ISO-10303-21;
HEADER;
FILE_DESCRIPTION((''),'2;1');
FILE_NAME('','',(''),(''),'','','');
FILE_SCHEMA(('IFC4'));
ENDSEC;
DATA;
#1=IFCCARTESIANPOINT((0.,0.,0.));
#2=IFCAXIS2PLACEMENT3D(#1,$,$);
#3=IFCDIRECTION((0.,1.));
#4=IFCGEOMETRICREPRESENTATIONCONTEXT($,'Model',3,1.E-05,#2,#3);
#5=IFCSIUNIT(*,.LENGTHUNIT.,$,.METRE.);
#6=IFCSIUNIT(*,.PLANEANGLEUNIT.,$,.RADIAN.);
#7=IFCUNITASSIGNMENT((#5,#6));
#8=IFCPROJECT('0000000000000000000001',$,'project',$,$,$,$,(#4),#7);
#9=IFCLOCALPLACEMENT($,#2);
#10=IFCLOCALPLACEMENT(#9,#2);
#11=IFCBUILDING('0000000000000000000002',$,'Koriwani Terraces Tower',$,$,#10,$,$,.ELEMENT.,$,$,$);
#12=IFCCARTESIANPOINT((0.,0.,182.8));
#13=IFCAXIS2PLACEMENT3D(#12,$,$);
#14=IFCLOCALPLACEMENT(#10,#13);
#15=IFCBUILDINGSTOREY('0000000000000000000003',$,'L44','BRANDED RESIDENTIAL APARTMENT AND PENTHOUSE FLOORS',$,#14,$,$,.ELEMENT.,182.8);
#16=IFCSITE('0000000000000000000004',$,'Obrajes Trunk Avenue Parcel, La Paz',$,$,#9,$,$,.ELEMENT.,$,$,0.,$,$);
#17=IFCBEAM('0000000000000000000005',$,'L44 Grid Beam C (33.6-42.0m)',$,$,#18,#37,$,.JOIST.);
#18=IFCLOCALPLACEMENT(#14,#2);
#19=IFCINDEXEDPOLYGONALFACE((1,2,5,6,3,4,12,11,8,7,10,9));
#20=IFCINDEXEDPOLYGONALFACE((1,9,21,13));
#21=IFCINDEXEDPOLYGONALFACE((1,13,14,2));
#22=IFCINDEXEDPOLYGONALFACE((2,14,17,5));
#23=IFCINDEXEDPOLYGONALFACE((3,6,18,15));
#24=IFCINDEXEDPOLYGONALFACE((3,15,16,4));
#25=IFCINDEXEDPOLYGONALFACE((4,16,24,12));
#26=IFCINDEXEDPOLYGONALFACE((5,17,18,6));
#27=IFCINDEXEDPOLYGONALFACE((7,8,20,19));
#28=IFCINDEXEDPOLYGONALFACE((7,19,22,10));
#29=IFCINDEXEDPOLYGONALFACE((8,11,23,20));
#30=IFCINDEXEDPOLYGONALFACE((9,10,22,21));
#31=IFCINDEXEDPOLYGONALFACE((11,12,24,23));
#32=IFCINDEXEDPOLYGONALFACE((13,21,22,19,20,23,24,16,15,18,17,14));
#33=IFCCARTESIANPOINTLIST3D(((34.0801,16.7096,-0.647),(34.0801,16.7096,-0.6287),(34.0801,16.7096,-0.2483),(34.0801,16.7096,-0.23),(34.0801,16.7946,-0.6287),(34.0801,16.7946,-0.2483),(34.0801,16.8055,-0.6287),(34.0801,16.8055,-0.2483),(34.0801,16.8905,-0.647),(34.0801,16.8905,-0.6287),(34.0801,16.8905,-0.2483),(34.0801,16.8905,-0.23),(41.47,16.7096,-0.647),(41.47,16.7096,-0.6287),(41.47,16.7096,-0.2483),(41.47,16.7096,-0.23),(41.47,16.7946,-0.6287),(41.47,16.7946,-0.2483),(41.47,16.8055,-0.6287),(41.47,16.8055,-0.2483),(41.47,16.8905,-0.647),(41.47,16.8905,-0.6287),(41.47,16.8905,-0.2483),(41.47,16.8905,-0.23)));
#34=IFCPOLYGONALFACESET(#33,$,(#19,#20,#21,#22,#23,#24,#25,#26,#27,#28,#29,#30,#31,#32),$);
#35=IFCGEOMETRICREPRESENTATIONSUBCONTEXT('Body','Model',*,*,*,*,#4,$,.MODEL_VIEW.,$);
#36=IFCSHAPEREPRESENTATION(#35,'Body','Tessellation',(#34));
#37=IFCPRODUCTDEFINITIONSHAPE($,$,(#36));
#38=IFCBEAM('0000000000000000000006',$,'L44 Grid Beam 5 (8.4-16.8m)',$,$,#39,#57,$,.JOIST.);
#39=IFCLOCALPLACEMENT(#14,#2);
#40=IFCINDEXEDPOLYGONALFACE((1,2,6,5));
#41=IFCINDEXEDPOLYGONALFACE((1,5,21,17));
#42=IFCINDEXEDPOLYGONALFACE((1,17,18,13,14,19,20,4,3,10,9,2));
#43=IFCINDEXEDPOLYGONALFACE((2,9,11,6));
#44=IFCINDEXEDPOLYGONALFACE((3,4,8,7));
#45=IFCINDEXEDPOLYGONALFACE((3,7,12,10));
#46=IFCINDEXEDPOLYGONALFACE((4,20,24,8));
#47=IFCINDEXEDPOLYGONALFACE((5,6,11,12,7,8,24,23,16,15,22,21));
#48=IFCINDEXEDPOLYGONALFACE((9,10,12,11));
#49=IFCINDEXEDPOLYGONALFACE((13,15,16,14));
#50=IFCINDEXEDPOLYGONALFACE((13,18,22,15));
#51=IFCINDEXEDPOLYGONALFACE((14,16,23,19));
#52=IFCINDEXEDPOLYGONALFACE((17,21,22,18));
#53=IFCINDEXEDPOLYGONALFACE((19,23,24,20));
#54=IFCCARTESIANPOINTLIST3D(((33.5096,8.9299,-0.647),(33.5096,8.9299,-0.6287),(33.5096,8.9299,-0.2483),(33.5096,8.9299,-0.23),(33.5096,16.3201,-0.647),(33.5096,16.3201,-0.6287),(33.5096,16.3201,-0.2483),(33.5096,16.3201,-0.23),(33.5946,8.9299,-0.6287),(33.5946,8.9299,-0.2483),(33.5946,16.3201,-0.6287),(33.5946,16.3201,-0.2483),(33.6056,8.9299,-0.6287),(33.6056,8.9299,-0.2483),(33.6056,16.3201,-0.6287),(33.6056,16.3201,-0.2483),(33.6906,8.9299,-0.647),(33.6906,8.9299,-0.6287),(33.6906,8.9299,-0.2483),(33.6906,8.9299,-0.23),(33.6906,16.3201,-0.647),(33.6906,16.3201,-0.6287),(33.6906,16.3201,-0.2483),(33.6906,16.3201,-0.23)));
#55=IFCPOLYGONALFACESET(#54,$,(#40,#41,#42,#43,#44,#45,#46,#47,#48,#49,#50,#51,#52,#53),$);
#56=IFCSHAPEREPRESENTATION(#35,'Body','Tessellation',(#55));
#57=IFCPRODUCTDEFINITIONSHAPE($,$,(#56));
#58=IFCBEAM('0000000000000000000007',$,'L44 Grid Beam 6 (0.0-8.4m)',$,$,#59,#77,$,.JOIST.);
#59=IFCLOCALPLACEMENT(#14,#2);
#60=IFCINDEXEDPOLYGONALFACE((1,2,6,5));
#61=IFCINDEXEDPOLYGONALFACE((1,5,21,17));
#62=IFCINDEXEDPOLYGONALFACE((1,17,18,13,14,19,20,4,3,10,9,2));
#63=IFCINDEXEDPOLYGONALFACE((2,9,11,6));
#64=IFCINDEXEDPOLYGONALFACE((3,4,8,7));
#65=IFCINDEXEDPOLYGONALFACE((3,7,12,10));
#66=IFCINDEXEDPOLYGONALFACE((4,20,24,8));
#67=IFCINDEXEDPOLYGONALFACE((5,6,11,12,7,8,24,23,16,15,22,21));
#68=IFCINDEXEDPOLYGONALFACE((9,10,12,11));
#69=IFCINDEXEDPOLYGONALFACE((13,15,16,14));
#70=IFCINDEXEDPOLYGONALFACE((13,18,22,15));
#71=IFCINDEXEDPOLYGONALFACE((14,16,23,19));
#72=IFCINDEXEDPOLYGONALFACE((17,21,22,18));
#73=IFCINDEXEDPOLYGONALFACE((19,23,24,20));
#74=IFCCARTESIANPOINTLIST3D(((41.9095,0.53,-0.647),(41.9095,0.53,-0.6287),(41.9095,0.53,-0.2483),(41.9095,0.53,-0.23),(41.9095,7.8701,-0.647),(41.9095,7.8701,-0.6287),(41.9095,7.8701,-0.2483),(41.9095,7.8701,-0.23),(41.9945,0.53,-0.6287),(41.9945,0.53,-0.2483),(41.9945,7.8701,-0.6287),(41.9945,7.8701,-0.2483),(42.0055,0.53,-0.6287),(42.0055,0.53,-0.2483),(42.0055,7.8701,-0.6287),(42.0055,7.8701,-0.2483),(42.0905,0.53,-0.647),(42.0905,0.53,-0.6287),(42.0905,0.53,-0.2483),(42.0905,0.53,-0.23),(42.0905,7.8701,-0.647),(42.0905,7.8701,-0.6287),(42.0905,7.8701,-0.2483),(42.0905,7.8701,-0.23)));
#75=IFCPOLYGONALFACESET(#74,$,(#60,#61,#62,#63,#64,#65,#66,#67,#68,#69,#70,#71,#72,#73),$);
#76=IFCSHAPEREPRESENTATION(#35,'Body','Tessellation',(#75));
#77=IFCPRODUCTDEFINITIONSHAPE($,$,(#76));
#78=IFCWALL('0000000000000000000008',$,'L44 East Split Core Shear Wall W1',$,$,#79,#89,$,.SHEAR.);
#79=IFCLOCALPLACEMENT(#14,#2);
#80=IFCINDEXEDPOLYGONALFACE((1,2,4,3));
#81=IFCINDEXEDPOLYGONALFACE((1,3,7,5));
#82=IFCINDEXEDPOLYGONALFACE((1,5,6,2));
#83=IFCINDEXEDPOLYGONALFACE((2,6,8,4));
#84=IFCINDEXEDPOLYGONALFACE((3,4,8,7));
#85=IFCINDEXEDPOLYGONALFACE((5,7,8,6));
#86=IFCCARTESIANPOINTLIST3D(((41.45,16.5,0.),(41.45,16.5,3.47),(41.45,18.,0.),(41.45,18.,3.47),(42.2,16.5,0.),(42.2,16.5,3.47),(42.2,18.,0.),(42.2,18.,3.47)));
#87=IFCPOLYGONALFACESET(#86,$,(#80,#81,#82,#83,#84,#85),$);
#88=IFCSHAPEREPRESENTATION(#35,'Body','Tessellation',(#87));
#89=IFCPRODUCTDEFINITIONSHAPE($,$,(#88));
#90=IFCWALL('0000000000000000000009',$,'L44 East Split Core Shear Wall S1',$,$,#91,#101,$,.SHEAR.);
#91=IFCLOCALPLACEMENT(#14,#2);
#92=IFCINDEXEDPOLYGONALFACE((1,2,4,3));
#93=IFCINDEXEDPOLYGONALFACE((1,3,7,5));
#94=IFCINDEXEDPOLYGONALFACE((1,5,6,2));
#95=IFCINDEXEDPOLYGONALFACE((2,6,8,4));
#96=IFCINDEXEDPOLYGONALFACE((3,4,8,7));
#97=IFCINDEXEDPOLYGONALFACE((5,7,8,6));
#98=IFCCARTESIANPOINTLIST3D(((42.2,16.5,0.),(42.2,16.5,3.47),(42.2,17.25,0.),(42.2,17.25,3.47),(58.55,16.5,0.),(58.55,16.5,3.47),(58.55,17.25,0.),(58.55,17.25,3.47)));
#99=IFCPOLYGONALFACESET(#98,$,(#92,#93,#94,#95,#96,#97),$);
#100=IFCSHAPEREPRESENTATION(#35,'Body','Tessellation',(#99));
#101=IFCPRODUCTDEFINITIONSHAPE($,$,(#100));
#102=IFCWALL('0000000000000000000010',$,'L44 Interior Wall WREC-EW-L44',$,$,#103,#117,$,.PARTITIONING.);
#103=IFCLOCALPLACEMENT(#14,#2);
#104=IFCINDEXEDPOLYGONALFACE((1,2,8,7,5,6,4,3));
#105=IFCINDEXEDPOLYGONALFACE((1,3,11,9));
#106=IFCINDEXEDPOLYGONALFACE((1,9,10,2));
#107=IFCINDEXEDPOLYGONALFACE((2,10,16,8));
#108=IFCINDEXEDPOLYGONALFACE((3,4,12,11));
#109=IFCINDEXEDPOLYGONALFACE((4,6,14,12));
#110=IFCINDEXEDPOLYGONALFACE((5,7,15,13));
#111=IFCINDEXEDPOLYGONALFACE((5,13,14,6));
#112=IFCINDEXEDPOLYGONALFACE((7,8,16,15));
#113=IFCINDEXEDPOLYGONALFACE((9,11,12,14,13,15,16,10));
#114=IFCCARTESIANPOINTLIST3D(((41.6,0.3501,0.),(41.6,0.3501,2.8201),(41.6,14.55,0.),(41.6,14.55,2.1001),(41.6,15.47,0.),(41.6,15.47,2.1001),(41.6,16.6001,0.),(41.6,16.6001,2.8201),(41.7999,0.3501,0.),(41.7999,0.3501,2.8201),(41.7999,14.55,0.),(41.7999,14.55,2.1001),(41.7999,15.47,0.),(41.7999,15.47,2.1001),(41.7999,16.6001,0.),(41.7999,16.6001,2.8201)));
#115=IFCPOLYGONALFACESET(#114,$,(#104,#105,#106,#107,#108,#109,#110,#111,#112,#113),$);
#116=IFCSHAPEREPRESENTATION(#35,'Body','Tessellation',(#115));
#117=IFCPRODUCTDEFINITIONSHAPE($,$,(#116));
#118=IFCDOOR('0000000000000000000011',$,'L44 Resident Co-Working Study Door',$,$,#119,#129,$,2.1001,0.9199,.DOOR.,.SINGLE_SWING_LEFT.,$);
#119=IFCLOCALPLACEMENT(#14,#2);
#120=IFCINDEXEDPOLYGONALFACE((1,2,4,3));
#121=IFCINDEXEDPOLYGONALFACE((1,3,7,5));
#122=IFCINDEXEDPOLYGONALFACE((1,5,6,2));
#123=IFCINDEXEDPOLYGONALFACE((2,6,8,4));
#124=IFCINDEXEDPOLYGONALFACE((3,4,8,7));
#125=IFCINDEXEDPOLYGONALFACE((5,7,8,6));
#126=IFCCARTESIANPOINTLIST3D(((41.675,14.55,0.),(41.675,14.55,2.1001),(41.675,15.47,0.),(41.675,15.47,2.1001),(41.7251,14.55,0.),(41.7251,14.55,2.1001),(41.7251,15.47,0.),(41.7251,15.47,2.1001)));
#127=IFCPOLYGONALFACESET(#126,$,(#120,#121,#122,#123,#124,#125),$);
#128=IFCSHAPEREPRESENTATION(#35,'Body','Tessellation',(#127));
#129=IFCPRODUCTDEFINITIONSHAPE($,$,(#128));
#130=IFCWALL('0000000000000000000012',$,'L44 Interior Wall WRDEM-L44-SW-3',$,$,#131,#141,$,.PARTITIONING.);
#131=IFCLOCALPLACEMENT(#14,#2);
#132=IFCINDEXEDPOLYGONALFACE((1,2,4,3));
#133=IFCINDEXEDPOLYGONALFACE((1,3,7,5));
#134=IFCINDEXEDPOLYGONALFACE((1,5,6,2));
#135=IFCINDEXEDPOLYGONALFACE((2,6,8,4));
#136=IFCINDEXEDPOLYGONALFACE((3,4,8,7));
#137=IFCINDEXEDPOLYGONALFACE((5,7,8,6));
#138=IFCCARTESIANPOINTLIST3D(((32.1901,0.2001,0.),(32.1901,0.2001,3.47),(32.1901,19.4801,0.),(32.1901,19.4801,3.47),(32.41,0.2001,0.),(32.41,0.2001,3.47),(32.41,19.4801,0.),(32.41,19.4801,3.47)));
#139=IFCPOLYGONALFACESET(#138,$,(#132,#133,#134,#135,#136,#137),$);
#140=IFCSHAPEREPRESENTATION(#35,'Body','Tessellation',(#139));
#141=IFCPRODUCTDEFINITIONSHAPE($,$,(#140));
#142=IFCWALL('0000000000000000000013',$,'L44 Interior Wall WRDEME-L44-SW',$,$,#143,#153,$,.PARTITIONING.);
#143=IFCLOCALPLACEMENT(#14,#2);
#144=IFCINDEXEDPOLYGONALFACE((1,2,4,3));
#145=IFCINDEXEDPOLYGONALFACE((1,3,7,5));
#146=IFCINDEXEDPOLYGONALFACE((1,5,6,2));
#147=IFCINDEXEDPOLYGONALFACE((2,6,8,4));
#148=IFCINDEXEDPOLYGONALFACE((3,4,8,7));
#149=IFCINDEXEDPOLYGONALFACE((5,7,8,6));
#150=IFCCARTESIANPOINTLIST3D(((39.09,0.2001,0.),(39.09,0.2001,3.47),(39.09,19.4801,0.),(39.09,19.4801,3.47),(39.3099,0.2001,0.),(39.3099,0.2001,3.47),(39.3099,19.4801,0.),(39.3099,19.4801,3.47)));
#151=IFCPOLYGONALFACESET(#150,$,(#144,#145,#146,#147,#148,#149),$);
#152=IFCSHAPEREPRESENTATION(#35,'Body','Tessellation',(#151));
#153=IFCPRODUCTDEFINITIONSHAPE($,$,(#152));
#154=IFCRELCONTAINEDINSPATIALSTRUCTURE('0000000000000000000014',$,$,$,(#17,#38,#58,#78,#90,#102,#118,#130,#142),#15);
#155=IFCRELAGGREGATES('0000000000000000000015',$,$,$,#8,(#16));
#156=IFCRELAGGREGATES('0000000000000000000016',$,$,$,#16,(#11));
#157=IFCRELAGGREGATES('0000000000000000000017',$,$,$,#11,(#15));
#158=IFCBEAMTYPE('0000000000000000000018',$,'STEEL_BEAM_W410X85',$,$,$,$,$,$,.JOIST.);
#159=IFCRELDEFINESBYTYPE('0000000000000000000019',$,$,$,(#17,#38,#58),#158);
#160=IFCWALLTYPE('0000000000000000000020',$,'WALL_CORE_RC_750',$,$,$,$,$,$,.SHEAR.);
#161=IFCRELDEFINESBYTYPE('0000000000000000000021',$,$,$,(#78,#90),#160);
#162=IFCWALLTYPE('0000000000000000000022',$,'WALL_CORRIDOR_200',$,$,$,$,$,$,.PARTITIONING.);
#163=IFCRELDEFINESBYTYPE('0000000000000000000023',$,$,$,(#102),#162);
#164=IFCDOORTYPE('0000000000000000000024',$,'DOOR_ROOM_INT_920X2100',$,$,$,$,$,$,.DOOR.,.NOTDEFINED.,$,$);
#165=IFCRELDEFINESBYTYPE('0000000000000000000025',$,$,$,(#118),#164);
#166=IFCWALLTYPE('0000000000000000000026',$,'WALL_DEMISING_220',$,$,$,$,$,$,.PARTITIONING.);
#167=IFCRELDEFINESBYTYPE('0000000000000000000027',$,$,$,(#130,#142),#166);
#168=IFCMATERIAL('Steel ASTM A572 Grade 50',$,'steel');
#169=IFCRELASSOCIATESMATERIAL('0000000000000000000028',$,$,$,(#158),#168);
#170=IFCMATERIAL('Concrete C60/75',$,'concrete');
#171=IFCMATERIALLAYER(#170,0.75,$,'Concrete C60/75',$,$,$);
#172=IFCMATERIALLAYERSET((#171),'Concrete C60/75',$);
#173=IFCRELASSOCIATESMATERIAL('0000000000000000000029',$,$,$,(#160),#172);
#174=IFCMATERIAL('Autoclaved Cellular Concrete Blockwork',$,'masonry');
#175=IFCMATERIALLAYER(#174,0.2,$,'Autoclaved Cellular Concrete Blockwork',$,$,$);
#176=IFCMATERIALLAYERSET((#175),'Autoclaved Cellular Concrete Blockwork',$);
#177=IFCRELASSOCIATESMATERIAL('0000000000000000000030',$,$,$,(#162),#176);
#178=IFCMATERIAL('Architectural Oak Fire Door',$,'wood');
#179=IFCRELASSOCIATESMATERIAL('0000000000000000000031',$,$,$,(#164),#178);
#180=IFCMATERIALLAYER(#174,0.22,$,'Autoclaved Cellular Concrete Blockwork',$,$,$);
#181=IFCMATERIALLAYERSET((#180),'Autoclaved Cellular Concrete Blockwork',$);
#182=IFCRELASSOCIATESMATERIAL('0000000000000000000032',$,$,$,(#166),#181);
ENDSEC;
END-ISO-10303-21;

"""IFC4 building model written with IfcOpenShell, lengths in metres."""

from ifc_helpers import new_model, si_unit, direction, frame, frame_2d, origin, origin_2d, place, context, subcontext, project, spatial, rectangle, i_section, extrude, material, layer, layer_set, material_profile, profile_set, type_object, element, fill, save


model = new_model("IFC4")

# Units and contexts
model_context = context("Model", 3, precision=1e-05, world=origin(), true_north=direction((0.0, 1.0)))
body_context = subcontext(model_context, "Body", "Model", "MODEL_VIEW")
ifc_project = project(units=[si_unit("LENGTHUNIT", "METRE"), si_unit("PLANEANGLEUNIT", "RADIAN")], contexts=[model_context])

# Site, building, storey
site_placement = place(None, origin())
site = spatial("IfcSite", under=ifc_project, at=site_placement, Name="Obrajes Trunk Avenue Parcel, La Paz", CompositionType="ELEMENT", RefElevation=0.0)
building_placement = place(site_placement, origin())
building = spatial("IfcBuilding", under=site, at=building_placement, Name="Koriwani Terraces Tower", CompositionType="ELEMENT")
storey_placement = place(building_placement, frame((0.0, 0.0, 182.8)))
storey = spatial("IfcBuildingStorey", under=building, at=storey_placement, Name="L44", Description="BRANDED RESIDENTIAL APARTMENT AND PENTHOUSE FLOORS", CompositionType="ELEMENT", Elevation=182.8)

# Beams
ifc_material_1 = material(Name="Concrete C60/75", Category="concrete")
ifc_material_2 = material(Name="Steel ASTM A572 Grade 50", Category="steel")
ifc_material_profile_1 = material_profile(ifc_material_2, i_section(OverallWidth=0.1809, OverallDepth=0.417, WebThickness=0.011, FlangeThickness=0.0183, at=origin_2d()), Name="Steel ASTM A572 Grade 50", Category="LoadBearing")
ifc_profile_set_1 = profile_set([ifc_material_profile_1], Name="Steel ASTM A572 Grade 50")
beam_type_1 = type_object("IfcBeamType", Name="STEEL_BEAM_W410X85", PredefinedType="JOIST", material=ifc_profile_set_1)
beam_1_placement = place(storey_placement, frame((34.0801, 16.8, -0.4385), z_axis=(1.0, 0.0, 0.0), x_axis=(0.0, 1.0, 0.0)))
element("IfcBeam", 1, at=beam_1_placement, inside=storey, type_object=beam_type_1, Name="L44 Grid Beam C (33.6-42.0m)", PredefinedType="JOIST", context=body_context, shape_type="SweptSolid", body=[
    extrude(i_section(OverallWidth=0.1809, OverallDepth=0.417, WebThickness=0.011, FlangeThickness=0.0183, at=origin_2d()), origin(), (0.0, 0.0, 1.0), 7.3899),
])
beam_2_placement = place(storey_placement, frame((33.6001, 8.9299, -0.4385), z_axis=(0.0, 1.0, 0.0), x_axis=(-1.0, 0.0, 0.0)))
element("IfcBeam", 2, at=beam_2_placement, inside=storey, type_object=beam_type_1, Name="L44 Grid Beam 5 (8.4-16.8m)", PredefinedType="JOIST", context=body_context, shape_type="SweptSolid", body=[
    extrude(i_section(OverallWidth=0.1809, OverallDepth=0.417, WebThickness=0.011, FlangeThickness=0.0183, at=origin_2d()), origin(), (0.0, 0.0, 1.0), 7.3901),
])
beam_3_placement = place(storey_placement, frame((42.0, 0.53, -0.4385), z_axis=(0.0, 1.0, 0.0), x_axis=(-1.0, 0.0, 0.0)))
element("IfcBeam", 3, at=beam_3_placement, inside=storey, type_object=beam_type_1, Name="L44 Grid Beam 6 (0.0-8.4m)", PredefinedType="JOIST", context=body_context, shape_type="SweptSolid", body=[
    extrude(i_section(OverallWidth=0.1809, OverallDepth=0.417, WebThickness=0.011, FlangeThickness=0.0183, at=origin_2d()), origin(), (0.0, 0.0, 1.0), 7.3401),
])

# Walls
ifc_layer_1 = layer(ifc_material_1, 0.75, Name="Concrete C60/75")
ifc_layer_set_1 = layer_set([ifc_layer_1], Name="Concrete C60/75")
wall_type_1 = type_object("IfcWallType", Name="WALL_CORE_RC_750", PredefinedType="SHEAR", material=ifc_layer_set_1)
wall_1_placement = place(storey_placement, frame((41.825, 16.5, 0.0), z_axis=(0.0, 0.0, 1.0), x_axis=(0.0, 1.0, 0.0)))
element("IfcWall", 4, at=wall_1_placement, inside=storey, type_object=wall_type_1, Name="L44 East Split Core Shear Wall W1", PredefinedType="SHEAR", context=body_context, shape_type="SweptSolid", body=[
    extrude(rectangle(XDim=1.5, YDim=0.75, at=frame_2d((0.75, 0.0))), origin(), (0.0, 0.0, 1.0), 3.47),
])
wall_2_placement = place(storey_placement, frame((42.2, 16.875, 0.0), z_axis=(0.0, 0.0, 1.0), x_axis=(1.0, 0.0, 0.0)))
element("IfcWall", 5, at=wall_2_placement, inside=storey, type_object=wall_type_1, Name="L44 East Split Core Shear Wall S1", PredefinedType="SHEAR", context=body_context, shape_type="SweptSolid", body=[
    extrude(rectangle(XDim=16.3501, YDim=0.75, at=frame_2d((8.175, 0.0))), origin(), (0.0, 0.0, 1.0), 3.47),
])

# Wall, opening, door
ifc_material_3 = material(Name="Autoclaved Cellular Concrete Blockwork", Category="masonry")
ifc_layer_2 = layer(ifc_material_3, 0.2, Name="Autoclaved Cellular Concrete Blockwork")
ifc_layer_set_2 = layer_set([ifc_layer_2], Name="Autoclaved Cellular Concrete Blockwork")
wall_type_2 = type_object("IfcWallType", Name="WALL_CORRIDOR_200", PredefinedType="PARTITIONING", material=ifc_layer_set_2)
wall_3_placement = place(storey_placement, frame((41.7, 0.3501, 0.0), z_axis=(0.0, 0.0, 1.0), x_axis=(0.0, 1.0, 0.0)))
wall_3 = element("IfcWall", 6, at=wall_3_placement, inside=storey, type_object=wall_type_2, Name="L44 Interior Wall WREC-EW-L44", PredefinedType="PARTITIONING", context=body_context, shape_type="SweptSolid", body=[
    extrude(rectangle(XDim=16.25, YDim=0.2, at=frame_2d((8.125, 0.0))), origin(), (0.0, 0.0, 1.0), 2.8201),
])
opening_1_placement = place(wall_3_placement, frame((14.2, 0.0, 0.0)))
opening_1 = element("IfcOpeningElement", 7, at=opening_1_placement, cuts=wall_3, PredefinedType="OPENING", context=body_context, shape_type="SweptSolid", body=[
    extrude(rectangle(XDim=0.9199, YDim=2.1001, at=frame_2d((0.46, 1.05))), frame((0.0, 0.1099, 0.0), z_axis=(0.0, -1.0, 0.0), x_axis=(1.0, 0.0, 0.0)), (0.0, 0.0, 1.0), 0.22),
])
ifc_material_4 = material(Name="Architectural Oak Fire Door", Category="wood")
door_type_1 = type_object("IfcDoorType", Name="DOOR_ROOM_INT_920X2100", OperationType="NOTDEFINED", PredefinedType="DOOR", material=ifc_material_4)
door_1_placement = place(opening_1_placement, origin())
door_1 = element("IfcDoor", 8, at=door_1_placement, inside=storey, type_object=door_type_1, Name="L44 Resident Co-Working Study Door", OperationType="SINGLE_SWING_LEFT", OverallHeight=2.1001, OverallWidth=0.9199, PredefinedType="DOOR", context=body_context, shape_type="SweptSolid", body=[
    extrude(rectangle(XDim=0.9199, YDim=2.1001, at=frame_2d((0.46, 1.05))), frame((0.0, 0.0249, 0.0), z_axis=(0.0, -1.0, 0.0), x_axis=(1.0, 0.0, 0.0)), (0.0, 0.0, 1.0), 0.05),
])
fill(opening_1, door_1)

# Walls
ifc_layer_3 = layer(ifc_material_3, 0.22, Name="Autoclaved Cellular Concrete Blockwork")
ifc_layer_set_3 = layer_set([ifc_layer_3], Name="Autoclaved Cellular Concrete Blockwork")
wall_type_3 = type_object("IfcWallType", Name="WALL_DEMISING_220", PredefinedType="PARTITIONING", material=ifc_layer_set_3)
for number, where, z_axis, x_axis, name in (
    (9, (32.3, 0.2, 0.0), (0.0, 0.0, 1.0), (0.0, 1.0, 0.0), "L44 Interior Wall WRDEM-L44-SW-3"),
    (10, (39.2, 0.2, 0.0), (0.0, 0.0, 1.0), (0.0, 1.0, 0.0), "L44 Interior Wall WRDEME-L44-SW"),
):
    element("IfcWall", number, at=place(storey_placement, frame(where, z_axis=z_axis, x_axis=x_axis)), inside=storey, type_object=wall_type_3, Name=name, PredefinedType="PARTITIONING", context=body_context, shape_type="SweptSolid", body=[
        extrude(rectangle(XDim=19.28, YDim=0.22, at=frame_2d((9.6401, 0.0))), origin(), (0.0, 0.0, 1.0), 3.47),
    ])

save(model, "model.ifc")
